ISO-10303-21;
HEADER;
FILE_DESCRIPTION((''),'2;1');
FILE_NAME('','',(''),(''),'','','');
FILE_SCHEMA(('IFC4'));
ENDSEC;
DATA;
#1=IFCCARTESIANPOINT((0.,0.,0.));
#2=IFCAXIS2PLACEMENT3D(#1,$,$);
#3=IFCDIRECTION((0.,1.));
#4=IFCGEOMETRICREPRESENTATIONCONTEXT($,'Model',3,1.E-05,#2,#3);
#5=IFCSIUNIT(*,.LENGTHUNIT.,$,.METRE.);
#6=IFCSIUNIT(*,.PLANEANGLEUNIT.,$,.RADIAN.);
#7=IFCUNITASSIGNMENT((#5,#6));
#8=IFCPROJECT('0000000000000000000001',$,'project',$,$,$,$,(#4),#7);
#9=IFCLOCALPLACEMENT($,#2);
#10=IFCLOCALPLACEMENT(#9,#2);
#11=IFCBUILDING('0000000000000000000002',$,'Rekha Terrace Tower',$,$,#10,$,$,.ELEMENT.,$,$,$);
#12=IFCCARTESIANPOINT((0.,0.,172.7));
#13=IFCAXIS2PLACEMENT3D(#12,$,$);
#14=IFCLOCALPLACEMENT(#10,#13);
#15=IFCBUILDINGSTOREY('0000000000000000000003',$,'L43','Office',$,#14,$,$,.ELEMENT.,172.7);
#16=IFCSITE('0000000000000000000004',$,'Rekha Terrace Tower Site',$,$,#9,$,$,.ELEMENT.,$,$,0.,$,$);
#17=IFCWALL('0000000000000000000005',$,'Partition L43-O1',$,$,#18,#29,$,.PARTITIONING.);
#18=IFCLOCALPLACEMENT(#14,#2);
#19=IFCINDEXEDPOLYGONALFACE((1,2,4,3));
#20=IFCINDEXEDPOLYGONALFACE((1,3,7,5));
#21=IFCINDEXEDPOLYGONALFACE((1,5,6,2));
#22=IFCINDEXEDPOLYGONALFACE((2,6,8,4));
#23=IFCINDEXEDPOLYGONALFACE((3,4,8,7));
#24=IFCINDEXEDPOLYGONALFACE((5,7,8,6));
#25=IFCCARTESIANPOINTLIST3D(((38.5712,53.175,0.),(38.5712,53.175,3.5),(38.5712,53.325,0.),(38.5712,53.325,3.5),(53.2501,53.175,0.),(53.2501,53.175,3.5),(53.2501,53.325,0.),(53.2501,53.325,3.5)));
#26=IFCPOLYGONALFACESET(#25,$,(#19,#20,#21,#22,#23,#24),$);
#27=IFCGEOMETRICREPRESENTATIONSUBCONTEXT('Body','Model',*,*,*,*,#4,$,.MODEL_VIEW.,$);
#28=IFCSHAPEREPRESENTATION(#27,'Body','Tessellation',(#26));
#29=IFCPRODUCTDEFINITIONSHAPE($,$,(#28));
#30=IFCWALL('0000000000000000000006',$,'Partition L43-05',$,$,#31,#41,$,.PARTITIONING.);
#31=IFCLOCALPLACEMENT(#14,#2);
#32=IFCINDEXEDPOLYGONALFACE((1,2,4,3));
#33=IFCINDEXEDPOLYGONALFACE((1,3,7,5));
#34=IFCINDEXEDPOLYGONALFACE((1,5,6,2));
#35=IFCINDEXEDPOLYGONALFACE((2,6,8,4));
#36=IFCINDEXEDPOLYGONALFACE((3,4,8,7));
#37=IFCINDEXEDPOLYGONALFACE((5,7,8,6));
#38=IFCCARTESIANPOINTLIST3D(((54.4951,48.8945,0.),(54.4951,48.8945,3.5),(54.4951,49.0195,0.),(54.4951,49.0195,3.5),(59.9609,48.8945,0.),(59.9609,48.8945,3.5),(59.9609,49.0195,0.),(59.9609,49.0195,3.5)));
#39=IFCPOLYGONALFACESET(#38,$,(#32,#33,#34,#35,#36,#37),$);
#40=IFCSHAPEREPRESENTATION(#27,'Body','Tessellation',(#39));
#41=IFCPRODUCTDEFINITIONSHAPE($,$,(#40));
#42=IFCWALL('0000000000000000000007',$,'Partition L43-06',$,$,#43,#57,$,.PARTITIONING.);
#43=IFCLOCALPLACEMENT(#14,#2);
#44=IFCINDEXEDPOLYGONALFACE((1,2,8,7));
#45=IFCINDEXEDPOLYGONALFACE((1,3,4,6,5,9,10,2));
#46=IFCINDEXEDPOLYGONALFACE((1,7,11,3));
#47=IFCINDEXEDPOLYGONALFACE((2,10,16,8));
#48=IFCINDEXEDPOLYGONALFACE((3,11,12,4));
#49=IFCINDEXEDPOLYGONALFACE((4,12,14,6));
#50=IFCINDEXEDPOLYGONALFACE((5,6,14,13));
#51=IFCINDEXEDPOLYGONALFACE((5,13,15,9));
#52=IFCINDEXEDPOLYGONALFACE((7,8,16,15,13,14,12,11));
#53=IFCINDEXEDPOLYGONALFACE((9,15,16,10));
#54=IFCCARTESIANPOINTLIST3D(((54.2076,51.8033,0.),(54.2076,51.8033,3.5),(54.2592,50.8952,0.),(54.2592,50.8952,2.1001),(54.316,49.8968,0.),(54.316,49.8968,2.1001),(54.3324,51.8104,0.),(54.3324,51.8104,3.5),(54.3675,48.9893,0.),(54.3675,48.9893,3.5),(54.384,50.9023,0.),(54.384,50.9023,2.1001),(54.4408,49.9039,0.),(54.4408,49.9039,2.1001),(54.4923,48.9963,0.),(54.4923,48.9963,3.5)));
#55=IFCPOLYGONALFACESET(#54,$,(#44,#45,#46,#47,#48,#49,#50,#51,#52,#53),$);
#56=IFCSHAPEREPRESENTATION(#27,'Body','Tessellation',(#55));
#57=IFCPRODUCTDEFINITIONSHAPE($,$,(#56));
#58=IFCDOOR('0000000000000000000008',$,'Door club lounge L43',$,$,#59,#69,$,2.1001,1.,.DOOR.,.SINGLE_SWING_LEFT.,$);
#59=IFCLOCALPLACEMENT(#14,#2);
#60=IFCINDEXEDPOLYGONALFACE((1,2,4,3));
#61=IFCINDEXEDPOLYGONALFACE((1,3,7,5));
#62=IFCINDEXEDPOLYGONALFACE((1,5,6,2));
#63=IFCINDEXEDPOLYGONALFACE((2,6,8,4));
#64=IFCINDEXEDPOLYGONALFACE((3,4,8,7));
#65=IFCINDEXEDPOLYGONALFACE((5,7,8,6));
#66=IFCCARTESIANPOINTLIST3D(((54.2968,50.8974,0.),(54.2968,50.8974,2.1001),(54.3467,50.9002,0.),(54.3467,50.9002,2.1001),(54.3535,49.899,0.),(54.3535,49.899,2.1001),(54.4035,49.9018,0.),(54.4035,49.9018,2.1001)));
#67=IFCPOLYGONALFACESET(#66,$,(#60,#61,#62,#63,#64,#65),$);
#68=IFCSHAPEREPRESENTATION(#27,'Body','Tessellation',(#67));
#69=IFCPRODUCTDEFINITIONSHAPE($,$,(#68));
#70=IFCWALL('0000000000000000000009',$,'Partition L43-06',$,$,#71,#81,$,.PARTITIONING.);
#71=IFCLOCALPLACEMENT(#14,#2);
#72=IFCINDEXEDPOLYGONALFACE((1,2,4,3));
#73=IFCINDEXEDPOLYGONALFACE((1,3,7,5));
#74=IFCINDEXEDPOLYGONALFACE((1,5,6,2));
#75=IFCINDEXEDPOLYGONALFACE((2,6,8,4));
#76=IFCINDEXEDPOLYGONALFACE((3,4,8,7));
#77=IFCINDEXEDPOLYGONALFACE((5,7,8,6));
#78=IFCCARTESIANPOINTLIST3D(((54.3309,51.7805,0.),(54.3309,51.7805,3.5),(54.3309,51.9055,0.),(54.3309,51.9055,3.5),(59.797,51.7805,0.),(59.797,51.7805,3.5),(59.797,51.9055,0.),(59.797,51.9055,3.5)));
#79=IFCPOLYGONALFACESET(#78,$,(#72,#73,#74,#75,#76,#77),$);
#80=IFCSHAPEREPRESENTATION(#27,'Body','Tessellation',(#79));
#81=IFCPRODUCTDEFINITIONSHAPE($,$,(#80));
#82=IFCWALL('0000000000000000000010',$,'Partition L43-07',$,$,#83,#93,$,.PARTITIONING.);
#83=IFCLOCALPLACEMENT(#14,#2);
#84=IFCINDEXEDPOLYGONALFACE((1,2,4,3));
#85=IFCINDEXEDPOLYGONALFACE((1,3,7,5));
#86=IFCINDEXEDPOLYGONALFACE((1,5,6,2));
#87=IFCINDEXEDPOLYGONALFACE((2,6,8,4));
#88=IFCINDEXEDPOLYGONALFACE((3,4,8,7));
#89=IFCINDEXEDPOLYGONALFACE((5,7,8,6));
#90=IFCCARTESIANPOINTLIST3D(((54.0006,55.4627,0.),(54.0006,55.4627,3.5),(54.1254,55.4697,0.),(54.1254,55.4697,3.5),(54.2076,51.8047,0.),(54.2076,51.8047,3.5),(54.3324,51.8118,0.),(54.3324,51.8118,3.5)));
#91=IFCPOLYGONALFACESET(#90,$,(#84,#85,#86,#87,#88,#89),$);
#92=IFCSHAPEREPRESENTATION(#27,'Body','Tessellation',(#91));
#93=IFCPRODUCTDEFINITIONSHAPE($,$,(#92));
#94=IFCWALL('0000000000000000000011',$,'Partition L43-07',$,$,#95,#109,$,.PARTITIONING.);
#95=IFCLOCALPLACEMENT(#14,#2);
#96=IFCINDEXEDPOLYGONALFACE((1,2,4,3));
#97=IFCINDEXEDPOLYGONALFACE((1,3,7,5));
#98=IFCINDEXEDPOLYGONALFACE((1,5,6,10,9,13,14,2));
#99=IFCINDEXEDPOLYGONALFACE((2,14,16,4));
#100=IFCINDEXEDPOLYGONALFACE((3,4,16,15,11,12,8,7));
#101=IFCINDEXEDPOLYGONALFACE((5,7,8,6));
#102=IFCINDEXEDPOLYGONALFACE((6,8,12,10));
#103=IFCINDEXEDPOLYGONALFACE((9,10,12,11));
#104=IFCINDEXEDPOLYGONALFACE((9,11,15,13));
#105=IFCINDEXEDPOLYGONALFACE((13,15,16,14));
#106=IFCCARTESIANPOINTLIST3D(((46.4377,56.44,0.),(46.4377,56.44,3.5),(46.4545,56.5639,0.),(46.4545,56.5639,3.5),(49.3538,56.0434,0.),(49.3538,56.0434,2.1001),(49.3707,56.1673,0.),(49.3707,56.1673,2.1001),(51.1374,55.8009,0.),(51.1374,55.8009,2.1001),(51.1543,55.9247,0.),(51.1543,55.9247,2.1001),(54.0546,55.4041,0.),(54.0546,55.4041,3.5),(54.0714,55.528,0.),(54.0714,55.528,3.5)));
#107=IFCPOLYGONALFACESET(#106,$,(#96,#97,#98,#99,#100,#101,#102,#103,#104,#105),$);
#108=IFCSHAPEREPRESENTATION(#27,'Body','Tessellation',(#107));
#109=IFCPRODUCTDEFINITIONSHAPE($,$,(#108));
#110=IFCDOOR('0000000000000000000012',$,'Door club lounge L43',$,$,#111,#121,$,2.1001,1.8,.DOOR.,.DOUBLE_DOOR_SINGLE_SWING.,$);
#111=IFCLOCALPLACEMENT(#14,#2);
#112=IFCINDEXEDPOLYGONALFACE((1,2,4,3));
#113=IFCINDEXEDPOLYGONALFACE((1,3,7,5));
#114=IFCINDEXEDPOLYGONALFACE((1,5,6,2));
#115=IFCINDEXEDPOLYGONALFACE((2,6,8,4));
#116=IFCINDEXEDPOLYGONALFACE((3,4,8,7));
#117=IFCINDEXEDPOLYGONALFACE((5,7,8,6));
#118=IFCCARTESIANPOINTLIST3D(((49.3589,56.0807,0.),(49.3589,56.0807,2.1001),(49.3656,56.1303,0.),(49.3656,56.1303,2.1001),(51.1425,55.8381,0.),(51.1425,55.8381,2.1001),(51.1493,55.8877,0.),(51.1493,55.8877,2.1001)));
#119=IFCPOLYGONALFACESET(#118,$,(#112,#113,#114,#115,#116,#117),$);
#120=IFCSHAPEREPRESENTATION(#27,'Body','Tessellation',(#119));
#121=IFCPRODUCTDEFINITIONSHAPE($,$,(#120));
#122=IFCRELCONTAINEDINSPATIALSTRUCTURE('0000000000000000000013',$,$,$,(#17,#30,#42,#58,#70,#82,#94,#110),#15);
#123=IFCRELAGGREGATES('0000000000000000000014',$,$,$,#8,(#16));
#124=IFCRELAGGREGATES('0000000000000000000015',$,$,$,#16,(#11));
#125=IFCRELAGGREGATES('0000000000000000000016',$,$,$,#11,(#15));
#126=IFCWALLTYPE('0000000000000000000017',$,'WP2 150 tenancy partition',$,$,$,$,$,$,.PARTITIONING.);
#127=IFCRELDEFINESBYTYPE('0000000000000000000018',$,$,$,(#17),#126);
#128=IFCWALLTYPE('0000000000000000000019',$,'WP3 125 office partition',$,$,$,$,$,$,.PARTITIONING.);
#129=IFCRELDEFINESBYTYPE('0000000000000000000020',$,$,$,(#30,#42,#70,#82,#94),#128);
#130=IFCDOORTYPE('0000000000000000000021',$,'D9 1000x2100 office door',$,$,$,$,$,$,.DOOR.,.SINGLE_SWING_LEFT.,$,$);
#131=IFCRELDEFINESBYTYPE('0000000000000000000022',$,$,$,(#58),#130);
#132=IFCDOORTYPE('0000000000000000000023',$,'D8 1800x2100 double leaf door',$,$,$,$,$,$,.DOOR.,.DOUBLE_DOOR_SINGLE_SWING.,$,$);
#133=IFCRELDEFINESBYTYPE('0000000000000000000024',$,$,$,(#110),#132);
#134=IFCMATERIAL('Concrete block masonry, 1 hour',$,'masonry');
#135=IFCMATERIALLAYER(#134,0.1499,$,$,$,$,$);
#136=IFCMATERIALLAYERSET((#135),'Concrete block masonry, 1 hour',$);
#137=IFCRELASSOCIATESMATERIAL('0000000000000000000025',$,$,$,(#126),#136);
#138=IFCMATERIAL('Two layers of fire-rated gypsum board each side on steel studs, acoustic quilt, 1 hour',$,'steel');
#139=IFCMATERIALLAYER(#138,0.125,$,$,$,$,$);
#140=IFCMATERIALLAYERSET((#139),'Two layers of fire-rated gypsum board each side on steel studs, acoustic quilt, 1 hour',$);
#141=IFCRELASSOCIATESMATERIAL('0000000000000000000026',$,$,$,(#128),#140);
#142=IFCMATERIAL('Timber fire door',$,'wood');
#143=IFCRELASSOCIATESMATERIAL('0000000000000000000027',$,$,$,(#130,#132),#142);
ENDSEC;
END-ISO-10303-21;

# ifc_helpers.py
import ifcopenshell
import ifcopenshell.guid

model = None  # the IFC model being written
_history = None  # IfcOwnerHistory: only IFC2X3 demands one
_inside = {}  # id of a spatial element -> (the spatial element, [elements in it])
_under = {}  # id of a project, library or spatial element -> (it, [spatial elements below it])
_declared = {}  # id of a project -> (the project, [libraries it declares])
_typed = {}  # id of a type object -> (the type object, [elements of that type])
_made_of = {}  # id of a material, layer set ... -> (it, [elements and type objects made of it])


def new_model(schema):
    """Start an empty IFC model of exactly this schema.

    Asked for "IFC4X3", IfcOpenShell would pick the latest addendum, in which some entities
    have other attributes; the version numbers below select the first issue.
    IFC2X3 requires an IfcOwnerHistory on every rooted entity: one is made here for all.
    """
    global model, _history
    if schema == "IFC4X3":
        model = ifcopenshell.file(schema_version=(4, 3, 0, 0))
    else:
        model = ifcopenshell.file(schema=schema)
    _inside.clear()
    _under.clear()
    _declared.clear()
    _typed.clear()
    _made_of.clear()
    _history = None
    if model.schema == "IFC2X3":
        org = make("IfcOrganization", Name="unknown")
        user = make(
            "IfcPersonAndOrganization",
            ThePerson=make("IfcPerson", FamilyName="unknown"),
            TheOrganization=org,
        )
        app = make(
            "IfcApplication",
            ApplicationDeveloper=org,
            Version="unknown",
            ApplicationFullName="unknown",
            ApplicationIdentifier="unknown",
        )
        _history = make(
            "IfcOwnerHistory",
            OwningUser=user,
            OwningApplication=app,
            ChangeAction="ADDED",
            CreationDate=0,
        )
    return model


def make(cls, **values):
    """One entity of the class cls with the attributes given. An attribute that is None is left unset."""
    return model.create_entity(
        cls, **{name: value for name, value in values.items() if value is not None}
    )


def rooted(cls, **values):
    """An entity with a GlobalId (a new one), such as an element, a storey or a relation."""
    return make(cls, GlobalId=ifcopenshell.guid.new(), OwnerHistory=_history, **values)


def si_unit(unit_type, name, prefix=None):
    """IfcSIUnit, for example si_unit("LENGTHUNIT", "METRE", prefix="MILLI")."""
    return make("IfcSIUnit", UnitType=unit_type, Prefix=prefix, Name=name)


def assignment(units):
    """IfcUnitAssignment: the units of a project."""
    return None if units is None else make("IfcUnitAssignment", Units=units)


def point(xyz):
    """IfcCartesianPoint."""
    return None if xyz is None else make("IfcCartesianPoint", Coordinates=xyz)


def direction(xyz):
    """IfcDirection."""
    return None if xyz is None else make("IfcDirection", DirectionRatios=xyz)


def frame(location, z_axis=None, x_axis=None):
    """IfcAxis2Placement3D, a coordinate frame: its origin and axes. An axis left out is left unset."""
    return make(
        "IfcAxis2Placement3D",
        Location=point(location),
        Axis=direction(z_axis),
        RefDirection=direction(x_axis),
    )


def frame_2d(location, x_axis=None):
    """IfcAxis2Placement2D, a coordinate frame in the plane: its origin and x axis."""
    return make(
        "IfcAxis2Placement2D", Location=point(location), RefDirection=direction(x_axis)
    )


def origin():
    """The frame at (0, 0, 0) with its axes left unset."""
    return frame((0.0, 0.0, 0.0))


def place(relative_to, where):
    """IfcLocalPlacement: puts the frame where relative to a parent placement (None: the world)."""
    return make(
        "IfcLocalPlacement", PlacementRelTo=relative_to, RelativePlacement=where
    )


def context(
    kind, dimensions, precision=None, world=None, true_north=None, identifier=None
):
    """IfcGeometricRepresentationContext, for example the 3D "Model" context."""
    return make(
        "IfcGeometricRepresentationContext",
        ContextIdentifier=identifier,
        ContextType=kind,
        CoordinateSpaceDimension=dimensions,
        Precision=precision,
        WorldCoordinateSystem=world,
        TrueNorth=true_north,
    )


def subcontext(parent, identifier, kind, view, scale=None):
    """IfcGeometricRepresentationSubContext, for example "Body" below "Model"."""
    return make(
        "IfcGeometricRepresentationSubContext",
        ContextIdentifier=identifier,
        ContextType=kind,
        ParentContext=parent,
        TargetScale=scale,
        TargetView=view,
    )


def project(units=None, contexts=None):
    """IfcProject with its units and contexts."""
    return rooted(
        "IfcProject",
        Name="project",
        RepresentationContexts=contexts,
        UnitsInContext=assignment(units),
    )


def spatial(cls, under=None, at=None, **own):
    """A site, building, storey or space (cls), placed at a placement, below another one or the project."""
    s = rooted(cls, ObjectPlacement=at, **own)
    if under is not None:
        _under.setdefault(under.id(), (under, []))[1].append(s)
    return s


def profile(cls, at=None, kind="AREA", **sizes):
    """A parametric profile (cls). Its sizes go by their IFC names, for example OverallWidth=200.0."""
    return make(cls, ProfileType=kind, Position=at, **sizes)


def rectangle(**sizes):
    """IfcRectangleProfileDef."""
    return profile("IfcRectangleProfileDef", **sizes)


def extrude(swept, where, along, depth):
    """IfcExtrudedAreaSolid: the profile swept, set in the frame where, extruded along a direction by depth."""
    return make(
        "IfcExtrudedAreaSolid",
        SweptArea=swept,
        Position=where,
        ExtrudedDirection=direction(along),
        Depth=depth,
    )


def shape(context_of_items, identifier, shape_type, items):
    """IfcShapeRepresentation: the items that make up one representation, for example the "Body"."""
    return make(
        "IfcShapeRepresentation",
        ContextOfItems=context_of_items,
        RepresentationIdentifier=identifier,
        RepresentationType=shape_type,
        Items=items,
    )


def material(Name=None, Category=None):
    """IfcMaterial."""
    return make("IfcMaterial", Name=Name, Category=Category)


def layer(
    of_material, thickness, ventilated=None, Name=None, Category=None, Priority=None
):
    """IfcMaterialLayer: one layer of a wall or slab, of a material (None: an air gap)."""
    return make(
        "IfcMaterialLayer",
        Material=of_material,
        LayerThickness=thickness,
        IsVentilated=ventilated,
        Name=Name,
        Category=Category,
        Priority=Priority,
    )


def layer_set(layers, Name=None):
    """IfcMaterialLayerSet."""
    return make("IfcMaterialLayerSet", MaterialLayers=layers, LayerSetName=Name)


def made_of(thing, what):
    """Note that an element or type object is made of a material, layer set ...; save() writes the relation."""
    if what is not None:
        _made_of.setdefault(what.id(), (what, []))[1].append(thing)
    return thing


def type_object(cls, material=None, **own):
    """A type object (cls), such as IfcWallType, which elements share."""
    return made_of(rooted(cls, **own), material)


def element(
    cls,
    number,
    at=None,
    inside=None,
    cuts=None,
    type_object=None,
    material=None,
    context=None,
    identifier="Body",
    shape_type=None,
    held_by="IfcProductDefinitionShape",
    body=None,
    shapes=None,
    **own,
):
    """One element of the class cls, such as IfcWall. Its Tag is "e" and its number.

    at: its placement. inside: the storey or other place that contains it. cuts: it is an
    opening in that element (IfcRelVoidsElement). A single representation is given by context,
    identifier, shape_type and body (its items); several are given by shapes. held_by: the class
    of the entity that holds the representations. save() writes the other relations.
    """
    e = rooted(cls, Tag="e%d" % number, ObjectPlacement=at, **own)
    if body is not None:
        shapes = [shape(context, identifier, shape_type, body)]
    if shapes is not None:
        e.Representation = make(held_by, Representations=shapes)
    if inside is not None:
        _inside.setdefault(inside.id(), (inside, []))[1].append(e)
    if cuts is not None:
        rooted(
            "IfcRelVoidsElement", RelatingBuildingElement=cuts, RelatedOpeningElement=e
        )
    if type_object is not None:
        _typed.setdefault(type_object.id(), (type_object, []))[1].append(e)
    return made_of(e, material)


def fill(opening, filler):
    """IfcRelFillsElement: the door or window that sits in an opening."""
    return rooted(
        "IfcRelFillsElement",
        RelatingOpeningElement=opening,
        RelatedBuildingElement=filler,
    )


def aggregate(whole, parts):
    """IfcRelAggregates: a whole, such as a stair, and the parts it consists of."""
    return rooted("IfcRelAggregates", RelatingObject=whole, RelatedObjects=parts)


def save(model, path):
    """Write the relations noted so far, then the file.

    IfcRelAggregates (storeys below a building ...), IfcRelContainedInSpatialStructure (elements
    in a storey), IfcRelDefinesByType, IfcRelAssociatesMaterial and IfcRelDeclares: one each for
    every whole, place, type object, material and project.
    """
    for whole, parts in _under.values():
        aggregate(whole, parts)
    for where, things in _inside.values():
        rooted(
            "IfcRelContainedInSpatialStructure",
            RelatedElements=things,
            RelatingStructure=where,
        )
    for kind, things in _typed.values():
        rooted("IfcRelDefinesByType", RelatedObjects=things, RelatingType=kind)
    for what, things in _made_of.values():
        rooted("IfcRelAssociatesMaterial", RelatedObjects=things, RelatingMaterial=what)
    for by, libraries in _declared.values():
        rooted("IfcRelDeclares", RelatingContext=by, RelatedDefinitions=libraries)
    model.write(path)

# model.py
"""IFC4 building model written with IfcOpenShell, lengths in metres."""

from ifc_helpers import new_model, si_unit, direction, frame, frame_2d, origin, place, context, subcontext, project, spatial, rectangle, extrude, material, layer, layer_set, type_object, element, fill, save


model = new_model("IFC4")

# Units and contexts
model_context = context("Model", 3, precision=1e-05, world=origin(), true_north=direction((0.0, 1.0)))
body_context = subcontext(model_context, "Body", "Model", "MODEL_VIEW")
ifc_project = project(units=[si_unit("LENGTHUNIT", "METRE"), si_unit("PLANEANGLEUNIT", "RADIAN")], contexts=[model_context])

# Site, building, storey
site_placement = place(None, origin())
site = spatial("IfcSite", under=ifc_project, at=site_placement, Name="Rekha Terrace Tower Site", CompositionType="ELEMENT", RefElevation=0.0)
building_placement = place(site_placement, origin())
building = spatial("IfcBuilding", under=site, at=building_placement, Name="Rekha Terrace Tower", CompositionType="ELEMENT")
storey_placement = place(building_placement, frame((0.0, 0.0, 172.7)))
storey = spatial("IfcBuildingStorey", under=building, at=storey_placement, Name="L43", Description="Office", CompositionType="ELEMENT", Elevation=172.7)

# Walls
ifc_material_1 = material(Name="Concrete block masonry, 1 hour", Category="masonry")
ifc_layer_1 = layer(ifc_material_1, 0.1499)
ifc_layer_set_1 = layer_set([ifc_layer_1], Name="Concrete block masonry, 1 hour")
wall_type_1 = type_object("IfcWallType", Name="WP2 150 tenancy partition", PredefinedType="PARTITIONING", material=ifc_layer_set_1)
wall_1_placement = place(storey_placement, frame((53.25, 53.25, 0.0), z_axis=(0.0, 0.0, 1.0), x_axis=(-1.0, 0.0, 0.0)))
element("IfcWall", 1, at=wall_1_placement, inside=storey, type_object=wall_type_1, Name="Partition L43-O1", PredefinedType="PARTITIONING", context=body_context, shape_type="SweptSolid", body=[
    extrude(rectangle(XDim=14.679, YDim=0.1499, at=frame_2d((7.3394, 0.0))), origin(), (0.0, 0.0, 1.0), 3.5),
])
ifc_material_2 = material(Name="Two layers of fire-rated gypsum board each side on steel studs, acoustic quilt, 1 hour", Category="steel")
ifc_layer_2 = layer(ifc_material_2, 0.125)
ifc_layer_set_2 = layer_set([ifc_layer_2], Name="Two layers of fire-rated gypsum board each side on steel studs, acoustic quilt, 1 hour")
wall_type_2 = type_object("IfcWallType", Name="WP3 125 office partition", PredefinedType="PARTITIONING", material=ifc_layer_set_2)
wall_2_placement = place(storey_placement, frame((54.4951, 48.957, 0.0), z_axis=(0.0, 0.0, 1.0), x_axis=(1.0, 0.0, 0.0)))
element("IfcWall", 2, at=wall_2_placement, inside=storey, type_object=wall_type_2, Name="Partition L43-05", PredefinedType="PARTITIONING", context=body_context, shape_type="SweptSolid", body=[
    extrude(rectangle(XDim=5.4658, YDim=0.125, at=frame_2d((2.7329, 0.0))), origin(), (0.0, 0.0, 1.0), 3.5),
])

# Wall, opening, door
wall_3_placement = place(storey_placement, frame((54.4299, 48.9929, 0.0), z_axis=(0.0, 0.0, 1.0), x_axis=(-0.056737, 0.998389, 0.0)))
wall_3 = element("IfcWall", 3, at=wall_3_placement, inside=storey, type_object=wall_type_2, Name="Partition L43-06", PredefinedType="PARTITIONING", context=body_context, shape_type="SweptSolid", body=[
    extrude(rectangle(XDim=2.8186, YDim=0.125, at=frame_2d((1.4092, 0.0))), origin(), (0.0, 0.0, 1.0), 3.5),
])
opening_1_placement = place(wall_3_placement, frame((0.9089, 0.0, 0.0)))
opening_1 = element("IfcOpeningElement", 4, at=opening_1_placement, cuts=wall_3, PredefinedType="OPENING", context=body_context, shape_type="SweptSolid", body=[
    extrude(rectangle(XDim=1.0, YDim=2.1001, at=frame_2d((0.5, 1.05))), frame((0.0, 0.0725, 0.0), z_axis=(0.0, -1.0, 0.0), x_axis=(1.0, 0.0, 0.0)), (0.0, 0.0, 1.0), 0.145),
])
ifc_material_3 = material(Name="Timber fire door", Category="wood")
door_type_1 = type_object("IfcDoorType", Name="D9 1000x2100 office door", OperationType="SINGLE_SWING_LEFT", PredefinedType="DOOR", material=ifc_material_3)
door_1_placement = place(opening_1_placement, origin())
door_1 = element("IfcDoor", 5, at=door_1_placement, inside=storey, type_object=door_type_1, Name="Door club lounge L43", OperationType="SINGLE_SWING_LEFT", OverallHeight=2.1001, OverallWidth=1.0, PredefinedType="DOOR", context=body_context, shape_type="SweptSolid", body=[
    extrude(rectangle(XDim=1.0, YDim=2.1001, at=frame_2d((0.5, 1.05))), frame((0.0, 0.0249, 0.0), z_axis=(0.0, -1.0, 0.0), x_axis=(1.0, 0.0, 0.0)), (0.0, 0.0, 1.0), 0.05),
])
fill(opening_1, door_1)

# Walls
wall_4_placement = place(storey_placement, frame((54.3311, 51.843, 0.0), z_axis=(0.0, 0.0, 1.0), x_axis=(1.0, 0.0, 0.0)))
element("IfcWall", 6, at=wall_4_placement, inside=storey, type_object=wall_type_2, Name="Partition L43-06", PredefinedType="PARTITIONING", context=body_context, shape_type="SweptSolid", body=[
    extrude(rectangle(XDim=5.4661, YDim=0.125, at=frame_2d((2.7329, 0.0))), origin(), (0.0, 0.0, 1.0), 3.5),
])
wall_5_placement = place(storey_placement, frame((54.27, 51.8081, 0.0), z_axis=(0.0, 0.0, 1.0), x_axis=(-0.056507, 0.998402, 0.0)))
element("IfcWall", 7, at=wall_5_placement, inside=storey, type_object=wall_type_2, Name="Partition L43-07", PredefinedType="PARTITIONING", context=body_context, shape_type="SweptSolid", body=[
    extrude(rectangle(XDim=3.6638, YDim=0.125, at=frame_2d((1.832, 0.0))), origin(), (0.0, 0.0, 1.0), 3.5),
])

# Wall, opening, door
wall_6_placement = place(storey_placement, frame((54.063, 55.4661, 0.0), z_axis=(0.0, 0.0, 1.0), x_axis=(-0.990879, 0.134757, 0.0)))
wall_6 = element("IfcWall", 8, at=wall_6_placement, inside=storey, type_object=wall_type_2, Name="Partition L43-07", PredefinedType="PARTITIONING", context=body_context, shape_type="SweptSolid", body=[
    extrude(rectangle(XDim=7.687, YDim=0.125, at=frame_2d((3.8435, 0.0))), origin(), (0.0, 0.0, 1.0), 3.5),
])
opening_2_placement = place(wall_6_placement, frame((2.9441, 0.0, 0.0)))
opening_2 = element("IfcOpeningElement", 9, at=opening_2_placement, cuts=wall_6, PredefinedType="OPENING", context=body_context, shape_type="SweptSolid", body=[
    extrude(rectangle(XDim=1.8, YDim=2.1001, at=frame_2d((0.8999, 1.05))), frame((0.0, 0.0725, 0.0), z_axis=(0.0, -1.0, 0.0), x_axis=(1.0, 0.0, 0.0)), (0.0, 0.0, 1.0), 0.145),
])
door_type_2 = type_object("IfcDoorType", Name="D8 1800x2100 double leaf door", OperationType="DOUBLE_DOOR_SINGLE_SWING", PredefinedType="DOOR", material=ifc_material_3)
door_2_placement = place(opening_2_placement, origin())
door_2 = element("IfcDoor", 10, at=door_2_placement, inside=storey, type_object=door_type_2, Name="Door club lounge L43", OperationType="DOUBLE_DOOR_SINGLE_SWING", OverallHeight=2.1001, OverallWidth=1.8, PredefinedType="DOOR", context=body_context, shape_type="SweptSolid", body=[
    extrude(rectangle(XDim=1.8, YDim=2.1001, at=frame_2d((0.8999, 1.05))), frame((0.0, 0.0249, 0.0), z_axis=(0.0, -1.0, 0.0), x_axis=(1.0, 0.0, 0.0)), (0.0, 0.0, 1.0), 0.05),
])
fill(opening_2, door_2)

save(model, "model.ifc")
